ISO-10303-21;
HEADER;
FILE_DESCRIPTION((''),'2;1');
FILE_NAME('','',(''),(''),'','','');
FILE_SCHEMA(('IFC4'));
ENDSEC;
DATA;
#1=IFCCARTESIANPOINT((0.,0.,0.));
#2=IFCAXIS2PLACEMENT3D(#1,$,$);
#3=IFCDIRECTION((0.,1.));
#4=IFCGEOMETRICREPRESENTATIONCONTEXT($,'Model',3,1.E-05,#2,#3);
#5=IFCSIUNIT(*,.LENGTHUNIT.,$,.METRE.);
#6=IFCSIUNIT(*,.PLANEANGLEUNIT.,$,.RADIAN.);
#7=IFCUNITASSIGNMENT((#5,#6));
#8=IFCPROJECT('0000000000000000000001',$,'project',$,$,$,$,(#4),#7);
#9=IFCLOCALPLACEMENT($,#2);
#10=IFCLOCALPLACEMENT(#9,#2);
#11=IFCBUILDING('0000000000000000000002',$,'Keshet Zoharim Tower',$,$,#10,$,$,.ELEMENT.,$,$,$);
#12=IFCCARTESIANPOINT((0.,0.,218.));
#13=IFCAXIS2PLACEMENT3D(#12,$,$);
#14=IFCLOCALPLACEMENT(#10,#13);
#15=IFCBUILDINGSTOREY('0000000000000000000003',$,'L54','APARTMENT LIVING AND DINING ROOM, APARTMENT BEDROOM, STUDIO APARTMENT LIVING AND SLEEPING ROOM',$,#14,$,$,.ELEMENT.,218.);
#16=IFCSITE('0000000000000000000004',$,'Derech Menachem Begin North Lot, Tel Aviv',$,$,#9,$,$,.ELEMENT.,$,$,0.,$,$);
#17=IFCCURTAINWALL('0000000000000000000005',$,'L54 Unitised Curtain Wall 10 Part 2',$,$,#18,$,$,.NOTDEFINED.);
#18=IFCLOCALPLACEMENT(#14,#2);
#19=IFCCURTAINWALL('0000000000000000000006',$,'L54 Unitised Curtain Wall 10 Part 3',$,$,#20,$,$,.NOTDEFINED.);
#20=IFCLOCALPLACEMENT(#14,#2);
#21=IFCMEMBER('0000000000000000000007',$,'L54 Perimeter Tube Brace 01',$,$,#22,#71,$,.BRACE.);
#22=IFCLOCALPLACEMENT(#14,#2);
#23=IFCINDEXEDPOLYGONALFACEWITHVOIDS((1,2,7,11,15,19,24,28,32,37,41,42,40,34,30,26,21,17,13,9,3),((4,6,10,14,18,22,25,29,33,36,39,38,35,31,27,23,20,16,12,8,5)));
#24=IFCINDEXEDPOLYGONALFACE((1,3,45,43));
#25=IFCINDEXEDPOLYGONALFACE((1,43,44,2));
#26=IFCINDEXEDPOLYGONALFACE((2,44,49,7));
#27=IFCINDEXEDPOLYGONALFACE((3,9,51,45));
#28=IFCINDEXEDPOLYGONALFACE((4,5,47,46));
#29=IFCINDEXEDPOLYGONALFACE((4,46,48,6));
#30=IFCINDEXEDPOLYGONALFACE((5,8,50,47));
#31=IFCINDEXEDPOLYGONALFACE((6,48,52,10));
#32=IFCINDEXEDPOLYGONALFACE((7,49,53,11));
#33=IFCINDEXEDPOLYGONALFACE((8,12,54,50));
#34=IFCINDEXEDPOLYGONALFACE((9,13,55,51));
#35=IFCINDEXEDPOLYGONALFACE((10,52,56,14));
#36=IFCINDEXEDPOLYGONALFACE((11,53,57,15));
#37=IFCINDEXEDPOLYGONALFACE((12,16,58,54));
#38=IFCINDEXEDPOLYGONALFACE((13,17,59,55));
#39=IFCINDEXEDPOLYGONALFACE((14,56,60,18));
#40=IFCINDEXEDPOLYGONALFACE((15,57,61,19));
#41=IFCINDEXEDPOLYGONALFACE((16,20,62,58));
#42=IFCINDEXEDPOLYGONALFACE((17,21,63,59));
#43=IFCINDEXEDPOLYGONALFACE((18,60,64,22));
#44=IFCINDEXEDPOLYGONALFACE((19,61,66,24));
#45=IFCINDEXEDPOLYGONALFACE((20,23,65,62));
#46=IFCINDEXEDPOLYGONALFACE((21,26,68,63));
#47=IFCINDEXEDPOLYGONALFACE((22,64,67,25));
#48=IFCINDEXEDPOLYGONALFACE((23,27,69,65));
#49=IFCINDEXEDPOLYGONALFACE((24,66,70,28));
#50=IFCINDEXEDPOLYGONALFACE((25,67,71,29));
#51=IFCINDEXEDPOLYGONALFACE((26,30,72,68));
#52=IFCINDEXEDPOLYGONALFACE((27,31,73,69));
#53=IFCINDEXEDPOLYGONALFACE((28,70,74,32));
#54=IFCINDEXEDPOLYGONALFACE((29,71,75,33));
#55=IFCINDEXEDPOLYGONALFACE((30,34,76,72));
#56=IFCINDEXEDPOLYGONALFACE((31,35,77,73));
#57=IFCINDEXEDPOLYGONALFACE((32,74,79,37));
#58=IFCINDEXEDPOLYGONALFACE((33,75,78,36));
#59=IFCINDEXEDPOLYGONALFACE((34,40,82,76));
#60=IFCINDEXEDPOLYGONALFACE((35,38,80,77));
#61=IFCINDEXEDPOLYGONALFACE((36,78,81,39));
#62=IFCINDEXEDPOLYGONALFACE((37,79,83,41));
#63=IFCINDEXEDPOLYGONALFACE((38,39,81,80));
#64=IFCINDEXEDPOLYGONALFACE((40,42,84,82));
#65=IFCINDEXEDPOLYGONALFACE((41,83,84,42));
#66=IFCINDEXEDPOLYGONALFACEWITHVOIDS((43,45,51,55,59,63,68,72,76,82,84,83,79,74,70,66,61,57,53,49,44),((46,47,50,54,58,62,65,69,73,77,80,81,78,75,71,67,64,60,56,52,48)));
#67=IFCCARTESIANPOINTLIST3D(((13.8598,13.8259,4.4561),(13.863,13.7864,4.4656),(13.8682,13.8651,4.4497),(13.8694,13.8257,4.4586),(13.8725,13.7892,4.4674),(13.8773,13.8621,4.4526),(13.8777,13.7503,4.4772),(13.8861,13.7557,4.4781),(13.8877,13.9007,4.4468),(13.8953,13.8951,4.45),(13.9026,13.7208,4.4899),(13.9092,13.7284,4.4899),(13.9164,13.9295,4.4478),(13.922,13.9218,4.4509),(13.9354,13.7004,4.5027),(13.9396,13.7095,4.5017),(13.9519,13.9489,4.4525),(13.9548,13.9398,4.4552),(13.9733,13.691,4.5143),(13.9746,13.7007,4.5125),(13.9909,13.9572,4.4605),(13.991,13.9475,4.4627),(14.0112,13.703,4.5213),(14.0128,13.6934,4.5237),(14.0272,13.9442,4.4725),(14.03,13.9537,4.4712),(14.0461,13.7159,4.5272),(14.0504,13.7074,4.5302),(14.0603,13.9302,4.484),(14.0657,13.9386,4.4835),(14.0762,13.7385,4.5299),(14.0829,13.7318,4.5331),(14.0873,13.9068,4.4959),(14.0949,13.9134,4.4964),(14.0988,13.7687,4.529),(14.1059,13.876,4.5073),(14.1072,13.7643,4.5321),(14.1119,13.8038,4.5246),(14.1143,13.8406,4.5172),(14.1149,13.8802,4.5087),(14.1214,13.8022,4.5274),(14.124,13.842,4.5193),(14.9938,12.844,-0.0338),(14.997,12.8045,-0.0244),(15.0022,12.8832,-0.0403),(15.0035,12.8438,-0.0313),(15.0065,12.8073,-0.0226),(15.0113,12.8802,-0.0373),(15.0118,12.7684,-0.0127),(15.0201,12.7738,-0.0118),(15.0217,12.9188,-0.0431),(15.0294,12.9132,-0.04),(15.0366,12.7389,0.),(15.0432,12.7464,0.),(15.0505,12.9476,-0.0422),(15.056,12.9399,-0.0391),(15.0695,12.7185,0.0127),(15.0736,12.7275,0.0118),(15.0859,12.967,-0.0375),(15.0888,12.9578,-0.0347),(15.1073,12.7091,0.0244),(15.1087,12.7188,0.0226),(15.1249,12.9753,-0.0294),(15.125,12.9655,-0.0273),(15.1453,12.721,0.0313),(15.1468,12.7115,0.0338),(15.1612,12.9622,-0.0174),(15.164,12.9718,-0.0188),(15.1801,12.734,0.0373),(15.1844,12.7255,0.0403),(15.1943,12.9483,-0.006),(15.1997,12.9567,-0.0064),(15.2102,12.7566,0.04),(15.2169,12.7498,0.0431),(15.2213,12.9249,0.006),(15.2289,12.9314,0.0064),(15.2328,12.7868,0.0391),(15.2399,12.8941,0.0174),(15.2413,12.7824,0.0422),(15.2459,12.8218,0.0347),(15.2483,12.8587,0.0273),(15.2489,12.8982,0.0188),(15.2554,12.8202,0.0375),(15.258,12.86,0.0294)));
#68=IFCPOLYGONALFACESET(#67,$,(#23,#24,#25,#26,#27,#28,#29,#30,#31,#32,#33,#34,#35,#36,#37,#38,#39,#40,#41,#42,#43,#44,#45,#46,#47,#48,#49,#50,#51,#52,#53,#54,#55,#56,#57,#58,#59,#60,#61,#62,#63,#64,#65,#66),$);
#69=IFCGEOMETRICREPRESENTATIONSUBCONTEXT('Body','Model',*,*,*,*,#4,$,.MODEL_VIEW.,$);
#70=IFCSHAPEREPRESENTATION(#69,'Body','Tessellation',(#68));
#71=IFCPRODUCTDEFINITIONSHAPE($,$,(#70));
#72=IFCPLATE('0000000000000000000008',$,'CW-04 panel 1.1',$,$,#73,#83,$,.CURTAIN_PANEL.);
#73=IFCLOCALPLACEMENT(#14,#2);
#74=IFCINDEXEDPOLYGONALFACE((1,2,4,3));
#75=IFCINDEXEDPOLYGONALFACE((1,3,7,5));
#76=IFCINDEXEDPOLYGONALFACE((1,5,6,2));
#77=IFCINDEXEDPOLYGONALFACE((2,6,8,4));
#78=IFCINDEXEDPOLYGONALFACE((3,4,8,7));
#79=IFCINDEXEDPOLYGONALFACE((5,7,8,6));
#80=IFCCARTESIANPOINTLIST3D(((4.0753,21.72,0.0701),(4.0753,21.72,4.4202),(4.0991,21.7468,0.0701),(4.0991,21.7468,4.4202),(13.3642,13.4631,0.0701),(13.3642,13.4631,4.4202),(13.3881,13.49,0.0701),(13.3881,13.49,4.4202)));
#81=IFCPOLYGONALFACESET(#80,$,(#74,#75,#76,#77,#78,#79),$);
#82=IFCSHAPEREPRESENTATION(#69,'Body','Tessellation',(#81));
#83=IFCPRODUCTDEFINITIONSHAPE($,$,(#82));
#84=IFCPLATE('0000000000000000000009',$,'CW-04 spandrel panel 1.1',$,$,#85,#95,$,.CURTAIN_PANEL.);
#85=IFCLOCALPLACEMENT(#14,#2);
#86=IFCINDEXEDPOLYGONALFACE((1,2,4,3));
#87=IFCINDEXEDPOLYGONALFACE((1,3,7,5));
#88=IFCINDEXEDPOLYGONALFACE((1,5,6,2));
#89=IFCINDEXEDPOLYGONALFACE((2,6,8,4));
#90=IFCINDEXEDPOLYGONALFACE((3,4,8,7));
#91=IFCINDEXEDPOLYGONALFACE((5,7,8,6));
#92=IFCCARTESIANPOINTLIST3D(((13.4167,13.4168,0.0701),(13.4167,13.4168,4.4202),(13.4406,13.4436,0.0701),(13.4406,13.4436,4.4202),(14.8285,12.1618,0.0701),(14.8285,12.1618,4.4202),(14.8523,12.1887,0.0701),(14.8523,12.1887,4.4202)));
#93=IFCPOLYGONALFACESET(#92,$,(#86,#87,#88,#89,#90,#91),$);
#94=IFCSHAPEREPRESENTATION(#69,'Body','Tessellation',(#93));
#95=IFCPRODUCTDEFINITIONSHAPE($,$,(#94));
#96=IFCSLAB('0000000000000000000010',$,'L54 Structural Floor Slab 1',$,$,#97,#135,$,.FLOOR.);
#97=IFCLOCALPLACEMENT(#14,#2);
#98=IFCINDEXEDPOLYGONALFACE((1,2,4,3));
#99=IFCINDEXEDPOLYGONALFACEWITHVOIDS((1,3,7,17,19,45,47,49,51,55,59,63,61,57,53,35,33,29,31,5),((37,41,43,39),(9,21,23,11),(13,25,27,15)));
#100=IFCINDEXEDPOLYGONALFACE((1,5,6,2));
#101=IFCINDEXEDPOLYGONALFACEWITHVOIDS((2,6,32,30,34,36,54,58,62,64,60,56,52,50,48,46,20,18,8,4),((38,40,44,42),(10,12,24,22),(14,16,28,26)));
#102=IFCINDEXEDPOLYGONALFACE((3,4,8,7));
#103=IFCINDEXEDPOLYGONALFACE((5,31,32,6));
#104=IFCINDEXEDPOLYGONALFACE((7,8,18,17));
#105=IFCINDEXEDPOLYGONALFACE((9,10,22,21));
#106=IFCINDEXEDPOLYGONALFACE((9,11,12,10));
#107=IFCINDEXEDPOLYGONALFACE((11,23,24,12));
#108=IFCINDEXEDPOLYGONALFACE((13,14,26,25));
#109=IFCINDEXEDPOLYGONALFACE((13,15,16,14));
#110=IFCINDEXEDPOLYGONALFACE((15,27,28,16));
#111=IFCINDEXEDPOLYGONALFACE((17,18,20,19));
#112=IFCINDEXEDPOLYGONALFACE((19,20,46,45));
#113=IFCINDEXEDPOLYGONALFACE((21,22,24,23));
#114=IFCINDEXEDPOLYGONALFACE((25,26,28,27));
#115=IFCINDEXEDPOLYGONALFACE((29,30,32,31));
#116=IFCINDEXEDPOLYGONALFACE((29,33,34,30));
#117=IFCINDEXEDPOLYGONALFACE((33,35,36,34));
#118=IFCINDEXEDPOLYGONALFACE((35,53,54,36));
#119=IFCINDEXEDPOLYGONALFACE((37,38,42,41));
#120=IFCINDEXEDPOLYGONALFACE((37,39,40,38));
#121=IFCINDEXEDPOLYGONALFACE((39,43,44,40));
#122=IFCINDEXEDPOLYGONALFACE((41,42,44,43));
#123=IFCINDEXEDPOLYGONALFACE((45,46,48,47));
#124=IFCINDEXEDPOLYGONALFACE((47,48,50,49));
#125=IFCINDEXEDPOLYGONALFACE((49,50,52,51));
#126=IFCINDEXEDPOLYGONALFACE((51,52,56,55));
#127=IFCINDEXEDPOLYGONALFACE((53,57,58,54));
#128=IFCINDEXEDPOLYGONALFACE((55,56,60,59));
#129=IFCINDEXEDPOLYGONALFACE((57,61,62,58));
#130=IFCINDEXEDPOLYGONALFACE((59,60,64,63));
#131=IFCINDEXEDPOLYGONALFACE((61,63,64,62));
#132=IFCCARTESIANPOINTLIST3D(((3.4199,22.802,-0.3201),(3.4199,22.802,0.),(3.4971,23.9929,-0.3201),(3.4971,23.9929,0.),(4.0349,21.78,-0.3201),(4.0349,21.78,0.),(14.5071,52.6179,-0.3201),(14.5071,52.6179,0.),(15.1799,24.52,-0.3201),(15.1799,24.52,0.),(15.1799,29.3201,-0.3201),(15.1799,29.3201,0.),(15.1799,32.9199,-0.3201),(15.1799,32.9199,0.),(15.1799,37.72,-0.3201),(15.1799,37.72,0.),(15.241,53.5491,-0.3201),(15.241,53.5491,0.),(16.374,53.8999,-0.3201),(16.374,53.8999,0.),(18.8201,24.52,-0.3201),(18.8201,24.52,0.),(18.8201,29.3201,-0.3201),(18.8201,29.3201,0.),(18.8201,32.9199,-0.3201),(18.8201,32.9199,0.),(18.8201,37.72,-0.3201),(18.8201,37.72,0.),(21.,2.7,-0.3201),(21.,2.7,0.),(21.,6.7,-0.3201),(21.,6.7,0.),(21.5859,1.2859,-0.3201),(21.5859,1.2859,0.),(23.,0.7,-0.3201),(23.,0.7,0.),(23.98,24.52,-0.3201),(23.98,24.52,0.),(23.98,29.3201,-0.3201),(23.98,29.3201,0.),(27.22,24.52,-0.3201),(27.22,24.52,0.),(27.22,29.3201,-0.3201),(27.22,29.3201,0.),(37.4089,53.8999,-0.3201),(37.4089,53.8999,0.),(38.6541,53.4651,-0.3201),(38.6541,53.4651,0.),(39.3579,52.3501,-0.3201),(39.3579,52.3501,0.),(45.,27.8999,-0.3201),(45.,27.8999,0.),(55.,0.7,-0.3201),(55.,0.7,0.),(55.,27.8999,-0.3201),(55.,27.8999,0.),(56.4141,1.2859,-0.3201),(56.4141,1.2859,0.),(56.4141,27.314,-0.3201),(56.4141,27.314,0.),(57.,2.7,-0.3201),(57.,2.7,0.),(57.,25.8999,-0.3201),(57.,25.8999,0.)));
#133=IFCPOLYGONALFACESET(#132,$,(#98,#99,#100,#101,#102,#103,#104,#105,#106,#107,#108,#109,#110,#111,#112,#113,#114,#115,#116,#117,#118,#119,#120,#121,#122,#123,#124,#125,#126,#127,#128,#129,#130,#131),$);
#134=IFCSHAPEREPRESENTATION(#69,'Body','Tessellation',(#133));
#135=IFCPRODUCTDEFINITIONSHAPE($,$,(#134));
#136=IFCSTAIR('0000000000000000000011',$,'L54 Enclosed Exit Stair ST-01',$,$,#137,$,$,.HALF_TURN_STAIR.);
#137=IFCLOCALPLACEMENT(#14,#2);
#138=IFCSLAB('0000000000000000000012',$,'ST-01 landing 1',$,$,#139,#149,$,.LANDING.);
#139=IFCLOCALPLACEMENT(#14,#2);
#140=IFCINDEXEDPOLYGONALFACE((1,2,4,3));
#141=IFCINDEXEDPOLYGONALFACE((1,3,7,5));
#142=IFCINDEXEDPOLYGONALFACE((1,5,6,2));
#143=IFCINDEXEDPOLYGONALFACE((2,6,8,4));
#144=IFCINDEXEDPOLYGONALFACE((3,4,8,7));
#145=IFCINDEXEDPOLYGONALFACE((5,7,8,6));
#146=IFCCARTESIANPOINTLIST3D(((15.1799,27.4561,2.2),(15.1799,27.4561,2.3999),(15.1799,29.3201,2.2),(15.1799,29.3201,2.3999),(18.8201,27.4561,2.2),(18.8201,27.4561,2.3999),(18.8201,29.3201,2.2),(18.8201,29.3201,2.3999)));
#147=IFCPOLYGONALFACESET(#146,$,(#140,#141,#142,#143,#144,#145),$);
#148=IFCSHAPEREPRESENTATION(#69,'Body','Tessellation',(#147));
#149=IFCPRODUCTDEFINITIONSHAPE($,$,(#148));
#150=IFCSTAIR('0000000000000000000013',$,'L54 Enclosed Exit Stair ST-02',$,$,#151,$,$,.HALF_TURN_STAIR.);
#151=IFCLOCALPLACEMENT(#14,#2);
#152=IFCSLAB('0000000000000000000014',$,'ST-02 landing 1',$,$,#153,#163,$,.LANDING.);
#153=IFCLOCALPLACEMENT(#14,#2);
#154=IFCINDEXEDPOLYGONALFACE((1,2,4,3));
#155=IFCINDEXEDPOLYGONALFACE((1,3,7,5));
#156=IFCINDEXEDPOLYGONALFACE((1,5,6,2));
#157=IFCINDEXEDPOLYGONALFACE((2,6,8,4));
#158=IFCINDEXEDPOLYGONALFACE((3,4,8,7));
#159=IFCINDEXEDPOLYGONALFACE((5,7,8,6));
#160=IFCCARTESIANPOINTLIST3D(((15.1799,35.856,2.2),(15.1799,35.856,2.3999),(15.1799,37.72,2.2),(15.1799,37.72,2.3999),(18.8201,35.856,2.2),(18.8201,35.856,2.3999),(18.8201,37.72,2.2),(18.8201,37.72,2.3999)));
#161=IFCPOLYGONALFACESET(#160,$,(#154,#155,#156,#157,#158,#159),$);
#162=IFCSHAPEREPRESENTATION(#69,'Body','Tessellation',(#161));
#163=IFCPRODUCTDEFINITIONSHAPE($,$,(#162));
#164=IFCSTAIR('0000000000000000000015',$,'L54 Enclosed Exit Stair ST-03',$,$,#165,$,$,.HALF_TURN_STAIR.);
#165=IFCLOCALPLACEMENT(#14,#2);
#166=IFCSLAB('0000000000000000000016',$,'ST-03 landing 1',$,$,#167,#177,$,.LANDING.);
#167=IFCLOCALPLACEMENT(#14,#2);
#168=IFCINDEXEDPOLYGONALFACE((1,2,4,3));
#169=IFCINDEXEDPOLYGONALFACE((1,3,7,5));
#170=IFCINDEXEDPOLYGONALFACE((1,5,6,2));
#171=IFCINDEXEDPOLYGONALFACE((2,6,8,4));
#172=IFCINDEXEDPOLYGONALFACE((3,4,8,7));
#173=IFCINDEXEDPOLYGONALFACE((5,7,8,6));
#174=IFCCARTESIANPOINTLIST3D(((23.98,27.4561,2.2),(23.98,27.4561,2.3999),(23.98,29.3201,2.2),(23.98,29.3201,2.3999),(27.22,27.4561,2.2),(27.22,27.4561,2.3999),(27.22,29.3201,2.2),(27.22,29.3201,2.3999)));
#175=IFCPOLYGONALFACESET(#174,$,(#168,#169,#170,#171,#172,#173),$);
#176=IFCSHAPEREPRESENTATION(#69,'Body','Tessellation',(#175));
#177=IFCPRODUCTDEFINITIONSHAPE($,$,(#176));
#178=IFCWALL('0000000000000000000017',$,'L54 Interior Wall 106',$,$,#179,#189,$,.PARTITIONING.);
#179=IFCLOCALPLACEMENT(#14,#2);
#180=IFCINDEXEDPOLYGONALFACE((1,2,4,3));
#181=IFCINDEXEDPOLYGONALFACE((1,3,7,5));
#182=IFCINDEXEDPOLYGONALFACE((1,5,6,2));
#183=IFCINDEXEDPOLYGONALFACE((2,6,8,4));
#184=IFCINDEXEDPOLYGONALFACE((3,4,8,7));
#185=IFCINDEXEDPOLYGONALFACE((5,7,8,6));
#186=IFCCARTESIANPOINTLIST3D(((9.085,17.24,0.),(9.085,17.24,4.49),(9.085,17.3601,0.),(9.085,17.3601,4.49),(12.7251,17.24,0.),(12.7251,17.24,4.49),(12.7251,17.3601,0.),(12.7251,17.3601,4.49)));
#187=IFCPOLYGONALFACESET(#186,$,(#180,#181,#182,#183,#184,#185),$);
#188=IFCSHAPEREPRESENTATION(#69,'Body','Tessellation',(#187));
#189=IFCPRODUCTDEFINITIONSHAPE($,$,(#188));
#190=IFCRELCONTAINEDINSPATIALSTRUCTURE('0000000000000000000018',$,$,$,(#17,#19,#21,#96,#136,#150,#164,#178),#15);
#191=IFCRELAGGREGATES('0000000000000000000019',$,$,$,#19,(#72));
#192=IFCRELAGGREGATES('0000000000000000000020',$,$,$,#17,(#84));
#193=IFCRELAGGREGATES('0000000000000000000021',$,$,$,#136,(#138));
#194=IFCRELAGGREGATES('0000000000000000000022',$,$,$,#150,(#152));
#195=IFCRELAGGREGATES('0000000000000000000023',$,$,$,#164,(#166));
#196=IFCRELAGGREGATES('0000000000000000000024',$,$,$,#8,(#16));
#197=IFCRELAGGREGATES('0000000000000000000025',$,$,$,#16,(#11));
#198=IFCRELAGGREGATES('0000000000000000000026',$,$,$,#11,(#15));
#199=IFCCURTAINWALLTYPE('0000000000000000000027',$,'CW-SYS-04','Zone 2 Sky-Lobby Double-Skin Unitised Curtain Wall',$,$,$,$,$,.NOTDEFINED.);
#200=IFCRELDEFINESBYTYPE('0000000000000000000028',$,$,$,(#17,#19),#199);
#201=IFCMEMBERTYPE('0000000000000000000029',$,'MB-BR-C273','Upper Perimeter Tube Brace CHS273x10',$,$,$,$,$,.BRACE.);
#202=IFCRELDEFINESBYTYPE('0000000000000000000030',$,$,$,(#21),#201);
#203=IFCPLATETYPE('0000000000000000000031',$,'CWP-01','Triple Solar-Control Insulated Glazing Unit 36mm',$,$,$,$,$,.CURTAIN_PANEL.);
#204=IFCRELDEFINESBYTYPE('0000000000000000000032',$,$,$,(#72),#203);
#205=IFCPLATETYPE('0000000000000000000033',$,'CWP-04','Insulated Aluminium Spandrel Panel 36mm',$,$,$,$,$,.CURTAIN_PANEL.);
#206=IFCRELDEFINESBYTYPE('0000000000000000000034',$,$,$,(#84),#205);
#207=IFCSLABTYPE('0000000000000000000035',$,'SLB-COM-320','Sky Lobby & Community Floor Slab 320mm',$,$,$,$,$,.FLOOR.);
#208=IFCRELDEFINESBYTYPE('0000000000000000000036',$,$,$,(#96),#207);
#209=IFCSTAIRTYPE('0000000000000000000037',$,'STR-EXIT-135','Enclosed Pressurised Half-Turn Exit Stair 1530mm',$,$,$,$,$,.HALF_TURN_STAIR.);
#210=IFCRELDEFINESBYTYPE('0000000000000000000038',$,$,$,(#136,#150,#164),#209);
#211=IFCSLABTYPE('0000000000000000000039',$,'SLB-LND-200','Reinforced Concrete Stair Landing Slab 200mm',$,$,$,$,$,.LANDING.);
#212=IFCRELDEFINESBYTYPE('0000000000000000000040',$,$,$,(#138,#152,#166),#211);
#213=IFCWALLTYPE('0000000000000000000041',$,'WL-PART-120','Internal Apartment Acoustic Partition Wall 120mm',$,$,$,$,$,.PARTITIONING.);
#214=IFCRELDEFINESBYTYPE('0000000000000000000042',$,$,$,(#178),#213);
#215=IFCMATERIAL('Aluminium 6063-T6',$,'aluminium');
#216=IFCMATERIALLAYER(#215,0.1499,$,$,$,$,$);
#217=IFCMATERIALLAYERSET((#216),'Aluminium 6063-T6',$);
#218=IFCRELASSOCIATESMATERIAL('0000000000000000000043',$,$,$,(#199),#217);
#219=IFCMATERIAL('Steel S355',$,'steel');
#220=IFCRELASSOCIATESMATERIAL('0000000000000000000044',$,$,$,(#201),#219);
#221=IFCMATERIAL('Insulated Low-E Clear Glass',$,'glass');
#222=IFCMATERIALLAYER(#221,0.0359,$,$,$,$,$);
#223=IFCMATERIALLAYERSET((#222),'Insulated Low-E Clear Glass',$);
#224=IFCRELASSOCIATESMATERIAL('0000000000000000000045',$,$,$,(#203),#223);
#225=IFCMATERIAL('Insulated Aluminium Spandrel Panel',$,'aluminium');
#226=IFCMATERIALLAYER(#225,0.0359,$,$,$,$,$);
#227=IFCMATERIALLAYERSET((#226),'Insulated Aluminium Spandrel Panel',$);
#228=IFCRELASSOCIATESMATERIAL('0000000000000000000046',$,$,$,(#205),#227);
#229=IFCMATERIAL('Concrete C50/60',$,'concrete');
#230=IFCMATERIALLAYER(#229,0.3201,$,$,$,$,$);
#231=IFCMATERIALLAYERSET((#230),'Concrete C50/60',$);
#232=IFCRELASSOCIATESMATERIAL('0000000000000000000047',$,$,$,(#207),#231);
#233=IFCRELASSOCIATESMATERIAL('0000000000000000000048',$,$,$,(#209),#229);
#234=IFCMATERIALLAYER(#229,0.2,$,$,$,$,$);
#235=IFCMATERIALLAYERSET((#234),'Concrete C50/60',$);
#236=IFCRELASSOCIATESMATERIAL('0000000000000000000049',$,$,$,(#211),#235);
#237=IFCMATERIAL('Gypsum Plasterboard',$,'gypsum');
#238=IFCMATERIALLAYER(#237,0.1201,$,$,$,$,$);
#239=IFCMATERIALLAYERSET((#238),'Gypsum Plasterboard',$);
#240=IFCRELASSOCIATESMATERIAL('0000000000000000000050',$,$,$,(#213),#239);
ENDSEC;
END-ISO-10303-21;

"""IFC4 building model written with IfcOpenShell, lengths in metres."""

from ifc_helpers import new_model, si_unit, direction, frame, frame_2d, origin, origin_2d, place, context, subcontext, project, spatial, polyline, rectangle, hollow_circle, outline, extrude, material, layer, layer_set, material_profile, profile_set, type_object, element, aggregate, save


model = new_model("IFC4")

# Units and contexts
model_context = context("Model", 3, precision=1e-05, world=origin(), true_north=direction((0.0, 1.0)))
body_context = subcontext(model_context, "Body", "Model", "MODEL_VIEW")
ifc_project = project(units=[si_unit("LENGTHUNIT", "METRE"), si_unit("PLANEANGLEUNIT", "RADIAN")], contexts=[model_context])

# Site, building, storey
site_placement = place(None, origin())
site = spatial("IfcSite", under=ifc_project, at=site_placement, Name="Derech Menachem Begin North Lot, Tel Aviv", CompositionType="ELEMENT", RefElevation=0.0)
building_placement = place(site_placement, origin())
building = spatial("IfcBuilding", under=site, at=building_placement, Name="Keshet Zoharim Tower", CompositionType="ELEMENT")
storey_placement = place(building_placement, frame((0.0, 0.0, 218.0)))
storey = spatial("IfcBuildingStorey", under=building, at=storey_placement, Name="L54", Description="APARTMENT LIVING AND DINING ROOM, APARTMENT BEDROOM, STUDIO APARTMENT LIVING AND SLEEPING ROOM", CompositionType="ELEMENT", Elevation=218.0)

# Shared definitions
ifc_material_1 = material(Name="Steel S355", Category="steel")
ifc_material_2 = material(Name="Concrete C50/60", Category="concrete")

# Shared definitions
ifc_material_3 = material(Name="Aluminium 6063-T6", Category="aluminium")
ifc_layer_1 = layer(ifc_material_3, 0.1499)
ifc_layer_set_1 = layer_set([ifc_layer_1], Name="Aluminium 6063-T6")
curtain_wall_type = type_object("IfcCurtainWallType", Name="CW-SYS-04", Description="Zone 2 Sky-Lobby Double-Skin Unitised Curtain Wall", PredefinedType="NOTDEFINED", material=ifc_layer_set_1)

# Curtain walls
curtain_wall_1_placement = place(storey_placement, origin())
curtain_wall_1 = element("IfcCurtainWall", 1, at=curtain_wall_1_placement, inside=storey, type_object=curtain_wall_type, Name="L54 Unitised Curtain Wall 10 Part 2", PredefinedType="NOTDEFINED")
curtain_wall_2_placement = place(storey_placement, origin())
curtain_wall_2 = element("IfcCurtainWall", 2, at=curtain_wall_2_placement, inside=storey, type_object=curtain_wall_type, Name="L54 Unitised Curtain Wall 10 Part 3", PredefinedType="NOTDEFINED")

# Member
ifc_material_profile_1 = material_profile(ifc_material_1, hollow_circle(Radius=0.1365, WallThickness=0.01, at=origin_2d()), Name="CHS273x10")
ifc_profile_set_1 = profile_set([ifc_material_profile_1], Name="Steel S355")
member_type_1 = type_object("IfcMemberType", Name="MB-BR-C273", Description="Upper Perimeter Tube Brace CHS273x10", PredefinedType="BRACE", material=ifc_profile_set_1)
member_1_placement = place(storey_placement, frame((15.126, 12.842, 0.0), z_axis=(-0.239554, 0.207424, 0.948467), x_axis=(-0.65459, -0.755984, 0.0)))
element("IfcMember", 3, at=member_1_placement, inside=storey, type_object=member_type_1, Name="L54 Perimeter Tube Brace 01", PredefinedType="BRACE", context=body_context, shape_type="SweptSolid", body=[
    extrude(hollow_circle(Radius=0.1365, WallThickness=0.01, at=origin_2d()), origin(), (0.0, 0.0, 1.0), 4.7339),
])

# Plates
ifc_material_4 = material(Name="Insulated Low-E Clear Glass", Category="glass")
ifc_layer_2 = layer(ifc_material_4, 0.0359)
ifc_layer_set_2 = layer_set([ifc_layer_2], Name="Insulated Low-E Clear Glass")
plate_type_1 = type_object("IfcPlateType", Name="CWP-01", Description="Triple Solar-Control Insulated Glazing Unit 36mm", PredefinedType="CURTAIN_PANEL", material=ifc_layer_set_2)
plate_1_placement = place(storey_placement, frame((8.7317, 17.605, 0.0701), z_axis=(0.0, 0.0, 1.0), x_axis=(-0.747409, 0.664364, 0.0)))
plate_1 = element("IfcPlate", 4, at=plate_1_placement, type_object=plate_type_1, Name="CW-04 panel 1.1", PredefinedType="CURTAIN_PANEL", context=body_context, shape_type="SweptSolid", body=[
    extrude(rectangle(XDim=12.4282, YDim=0.0359, at=origin_2d()), origin(), (0.0, 0.0, 1.0), 4.3501),
])
aggregate(curtain_wall_2, [plate_1])
ifc_material_5 = material(Name="Insulated Aluminium Spandrel Panel", Category="aluminium")
ifc_layer_3 = layer(ifc_material_5, 0.0359)
ifc_layer_set_3 = layer_set([ifc_layer_3], Name="Insulated Aluminium Spandrel Panel")
plate_type_2 = type_object("IfcPlateType", Name="CWP-04", Description="Insulated Aluminium Spandrel Panel 36mm", PredefinedType="CURTAIN_PANEL", material=ifc_layer_set_3)
plate_2_placement = place(storey_placement, frame((14.1345, 12.8027, 0.0701), z_axis=(0.0, 0.0, 1.0), x_axis=(-0.74739, 0.664386, 0.0)))
plate_2 = element("IfcPlate", 5, at=plate_2_placement, type_object=plate_type_2, Name="CW-04 spandrel panel 1.1", PredefinedType="CURTAIN_PANEL", context=body_context, shape_type="SweptSolid", body=[
    extrude(rectangle(XDim=1.8889, YDim=0.0359, at=origin_2d()), origin(), (0.0, 0.0, 1.0), 4.3501),
])
aggregate(curtain_wall_1, [plate_2])

# Slab
ifc_layer_4 = layer(ifc_material_2, 0.3201)
ifc_layer_set_4 = layer_set([ifc_layer_4], Name="Concrete C50/60")
slab_type_1 = type_object("IfcSlabType", Name="SLB-COM-320", Description="Sky Lobby & Community Floor Slab 320mm", PredefinedType="FLOOR", material=ifc_layer_set_4)
slab_1_placement = place(storey_placement, frame((0.0, 0.0, -0.3201)))
element("IfcSlab", 6, at=slab_1_placement, inside=storey, type_object=slab_type_1, Name="L54 Structural Floor Slab 1", PredefinedType="FLOOR", context=body_context, shape_type="SweptSolid", body=[
    extrude(outline(polyline([(55.0, 27.8999), (56.4141, 27.314), (57.0, 25.8999), (57.0, 2.7), (56.4141, 1.2859), (55.0, 0.7), (23.0, 0.7), (21.5859, 1.2859), (21.0, 2.7), (21.0, 6.7), (4.0349, 21.78), (3.4199, 22.802), (3.4971, 23.9929), (14.5071, 52.6179), (15.241, 53.5491), (16.374, 53.8999), (37.4089, 53.8999), (38.6541, 53.4651), (39.3579, 52.3501), (45.0, 27.8999), (55.0, 27.8999)]), holes=[polyline([(15.1799, 24.52), (18.8201, 24.52), (18.8201, 29.3201), (15.1799, 29.3201), (15.1799, 24.52)]), polyline([(15.1799, 32.9199), (18.8201, 32.9199), (18.8201, 37.72), (15.1799, 37.72), (15.1799, 32.9199)]), polyline([(23.98, 24.52), (27.22, 24.52), (27.22, 29.3201), (23.98, 29.3201), (23.98, 24.52)])]), origin(), (0.0, 0.0, 1.0), 0.3201),
])

# Stairs, slabs
stair_type = type_object("IfcStairType", Name="STR-EXIT-135", Description="Enclosed Pressurised Half-Turn Exit Stair 1530mm", PredefinedType="HALF_TURN_STAIR", material=ifc_material_2)
stair_1_placement = place(storey_placement, origin())
stair_1 = element("IfcStair", 7, at=stair_1_placement, inside=storey, type_object=stair_type, Name="L54 Enclosed Exit Stair ST-01", PredefinedType="HALF_TURN_STAIR")
ifc_layer_5 = layer(ifc_material_2, 0.2)
ifc_layer_set_5 = layer_set([ifc_layer_5], Name="Concrete C50/60")
slab_type_2 = type_object("IfcSlabType", Name="SLB-LND-200", Description="Reinforced Concrete Stair Landing Slab 200mm", PredefinedType="LANDING", material=ifc_layer_set_5)
slab_2_placement = place(storey_placement, frame((0.0, 0.0, 2.2)))
slab_2 = element("IfcSlab", 8, at=slab_2_placement, type_object=slab_type_2, Name="ST-01 landing 1", PredefinedType="LANDING", context=body_context, shape_type="SweptSolid", body=[
    extrude(outline(polyline([(15.1799, 27.4561), (18.8201, 27.4561), (18.8201, 29.3201), (15.1799, 29.3201), (15.1799, 27.4561)])), origin(), (0.0, 0.0, 1.0), 0.2),
])
aggregate(stair_1, [slab_2])
stair_2_placement = place(storey_placement, origin())
stair_2 = element("IfcStair", 9, at=stair_2_placement, inside=storey, type_object=stair_type, Name="L54 Enclosed Exit Stair ST-02", PredefinedType="HALF_TURN_STAIR")
slab_3_placement = place(storey_placement, frame((0.0, 0.0, 2.2)))
slab_3 = element("IfcSlab", 10, at=slab_3_placement, type_object=slab_type_2, Name="ST-02 landing 1", PredefinedType="LANDING", context=body_context, shape_type="SweptSolid", body=[
    extrude(outline(polyline([(15.1799, 35.856), (18.8201, 35.856), (18.8201, 37.72), (15.1799, 37.72), (15.1799, 35.856)])), origin(), (0.0, 0.0, 1.0), 0.2),
])
aggregate(stair_2, [slab_3])
stair_3_placement = place(storey_placement, origin())
stair_3 = element("IfcStair", 11, at=stair_3_placement, inside=storey, type_object=stair_type, Name="L54 Enclosed Exit Stair ST-03", PredefinedType="HALF_TURN_STAIR")
slab_4_placement = place(storey_placement, frame((0.0, 0.0, 2.2)))
slab_4 = element("IfcSlab", 12, at=slab_4_placement, type_object=slab_type_2, Name="ST-03 landing 1", PredefinedType="LANDING", context=body_context, shape_type="SweptSolid", body=[
    extrude(outline(polyline([(23.98, 27.4561), (27.22, 27.4561), (27.22, 29.3201), (23.98, 29.3201), (23.98, 27.4561)])), origin(), (0.0, 0.0, 1.0), 0.2),
])
aggregate(stair_3, [slab_4])

# Shared definitions
ifc_material_6 = material(Name="Gypsum Plasterboard", Category="gypsum")

# Wall
ifc_layer_6 = layer(ifc_material_6, 0.1201)
ifc_layer_set_6 = layer_set([ifc_layer_6], Name="Gypsum Plasterboard")
wall_type_1 = type_object("IfcWallType", Name="WL-PART-120", Description="Internal Apartment Acoustic Partition Wall 120mm", PredefinedType="PARTITIONING", material=ifc_layer_set_6)
wall_1_placement = place(storey_placement, frame((9.085, 17.3, 0.0), z_axis=(0.0, 0.0, 1.0), x_axis=(1.0, 0.0, 0.0)))
element("IfcWall", 13, at=wall_1_placement, inside=storey, type_object=wall_type_1, Name="L54 Interior Wall 106", PredefinedType="PARTITIONING", context=body_context, shape_type="SweptSolid", body=[
    extrude(rectangle(XDim=3.6401, YDim=0.1201, at=frame_2d((1.8201, 0.0))), origin(), (0.0, 0.0, 1.0), 4.49),
])

save(model, "model.ifc")
